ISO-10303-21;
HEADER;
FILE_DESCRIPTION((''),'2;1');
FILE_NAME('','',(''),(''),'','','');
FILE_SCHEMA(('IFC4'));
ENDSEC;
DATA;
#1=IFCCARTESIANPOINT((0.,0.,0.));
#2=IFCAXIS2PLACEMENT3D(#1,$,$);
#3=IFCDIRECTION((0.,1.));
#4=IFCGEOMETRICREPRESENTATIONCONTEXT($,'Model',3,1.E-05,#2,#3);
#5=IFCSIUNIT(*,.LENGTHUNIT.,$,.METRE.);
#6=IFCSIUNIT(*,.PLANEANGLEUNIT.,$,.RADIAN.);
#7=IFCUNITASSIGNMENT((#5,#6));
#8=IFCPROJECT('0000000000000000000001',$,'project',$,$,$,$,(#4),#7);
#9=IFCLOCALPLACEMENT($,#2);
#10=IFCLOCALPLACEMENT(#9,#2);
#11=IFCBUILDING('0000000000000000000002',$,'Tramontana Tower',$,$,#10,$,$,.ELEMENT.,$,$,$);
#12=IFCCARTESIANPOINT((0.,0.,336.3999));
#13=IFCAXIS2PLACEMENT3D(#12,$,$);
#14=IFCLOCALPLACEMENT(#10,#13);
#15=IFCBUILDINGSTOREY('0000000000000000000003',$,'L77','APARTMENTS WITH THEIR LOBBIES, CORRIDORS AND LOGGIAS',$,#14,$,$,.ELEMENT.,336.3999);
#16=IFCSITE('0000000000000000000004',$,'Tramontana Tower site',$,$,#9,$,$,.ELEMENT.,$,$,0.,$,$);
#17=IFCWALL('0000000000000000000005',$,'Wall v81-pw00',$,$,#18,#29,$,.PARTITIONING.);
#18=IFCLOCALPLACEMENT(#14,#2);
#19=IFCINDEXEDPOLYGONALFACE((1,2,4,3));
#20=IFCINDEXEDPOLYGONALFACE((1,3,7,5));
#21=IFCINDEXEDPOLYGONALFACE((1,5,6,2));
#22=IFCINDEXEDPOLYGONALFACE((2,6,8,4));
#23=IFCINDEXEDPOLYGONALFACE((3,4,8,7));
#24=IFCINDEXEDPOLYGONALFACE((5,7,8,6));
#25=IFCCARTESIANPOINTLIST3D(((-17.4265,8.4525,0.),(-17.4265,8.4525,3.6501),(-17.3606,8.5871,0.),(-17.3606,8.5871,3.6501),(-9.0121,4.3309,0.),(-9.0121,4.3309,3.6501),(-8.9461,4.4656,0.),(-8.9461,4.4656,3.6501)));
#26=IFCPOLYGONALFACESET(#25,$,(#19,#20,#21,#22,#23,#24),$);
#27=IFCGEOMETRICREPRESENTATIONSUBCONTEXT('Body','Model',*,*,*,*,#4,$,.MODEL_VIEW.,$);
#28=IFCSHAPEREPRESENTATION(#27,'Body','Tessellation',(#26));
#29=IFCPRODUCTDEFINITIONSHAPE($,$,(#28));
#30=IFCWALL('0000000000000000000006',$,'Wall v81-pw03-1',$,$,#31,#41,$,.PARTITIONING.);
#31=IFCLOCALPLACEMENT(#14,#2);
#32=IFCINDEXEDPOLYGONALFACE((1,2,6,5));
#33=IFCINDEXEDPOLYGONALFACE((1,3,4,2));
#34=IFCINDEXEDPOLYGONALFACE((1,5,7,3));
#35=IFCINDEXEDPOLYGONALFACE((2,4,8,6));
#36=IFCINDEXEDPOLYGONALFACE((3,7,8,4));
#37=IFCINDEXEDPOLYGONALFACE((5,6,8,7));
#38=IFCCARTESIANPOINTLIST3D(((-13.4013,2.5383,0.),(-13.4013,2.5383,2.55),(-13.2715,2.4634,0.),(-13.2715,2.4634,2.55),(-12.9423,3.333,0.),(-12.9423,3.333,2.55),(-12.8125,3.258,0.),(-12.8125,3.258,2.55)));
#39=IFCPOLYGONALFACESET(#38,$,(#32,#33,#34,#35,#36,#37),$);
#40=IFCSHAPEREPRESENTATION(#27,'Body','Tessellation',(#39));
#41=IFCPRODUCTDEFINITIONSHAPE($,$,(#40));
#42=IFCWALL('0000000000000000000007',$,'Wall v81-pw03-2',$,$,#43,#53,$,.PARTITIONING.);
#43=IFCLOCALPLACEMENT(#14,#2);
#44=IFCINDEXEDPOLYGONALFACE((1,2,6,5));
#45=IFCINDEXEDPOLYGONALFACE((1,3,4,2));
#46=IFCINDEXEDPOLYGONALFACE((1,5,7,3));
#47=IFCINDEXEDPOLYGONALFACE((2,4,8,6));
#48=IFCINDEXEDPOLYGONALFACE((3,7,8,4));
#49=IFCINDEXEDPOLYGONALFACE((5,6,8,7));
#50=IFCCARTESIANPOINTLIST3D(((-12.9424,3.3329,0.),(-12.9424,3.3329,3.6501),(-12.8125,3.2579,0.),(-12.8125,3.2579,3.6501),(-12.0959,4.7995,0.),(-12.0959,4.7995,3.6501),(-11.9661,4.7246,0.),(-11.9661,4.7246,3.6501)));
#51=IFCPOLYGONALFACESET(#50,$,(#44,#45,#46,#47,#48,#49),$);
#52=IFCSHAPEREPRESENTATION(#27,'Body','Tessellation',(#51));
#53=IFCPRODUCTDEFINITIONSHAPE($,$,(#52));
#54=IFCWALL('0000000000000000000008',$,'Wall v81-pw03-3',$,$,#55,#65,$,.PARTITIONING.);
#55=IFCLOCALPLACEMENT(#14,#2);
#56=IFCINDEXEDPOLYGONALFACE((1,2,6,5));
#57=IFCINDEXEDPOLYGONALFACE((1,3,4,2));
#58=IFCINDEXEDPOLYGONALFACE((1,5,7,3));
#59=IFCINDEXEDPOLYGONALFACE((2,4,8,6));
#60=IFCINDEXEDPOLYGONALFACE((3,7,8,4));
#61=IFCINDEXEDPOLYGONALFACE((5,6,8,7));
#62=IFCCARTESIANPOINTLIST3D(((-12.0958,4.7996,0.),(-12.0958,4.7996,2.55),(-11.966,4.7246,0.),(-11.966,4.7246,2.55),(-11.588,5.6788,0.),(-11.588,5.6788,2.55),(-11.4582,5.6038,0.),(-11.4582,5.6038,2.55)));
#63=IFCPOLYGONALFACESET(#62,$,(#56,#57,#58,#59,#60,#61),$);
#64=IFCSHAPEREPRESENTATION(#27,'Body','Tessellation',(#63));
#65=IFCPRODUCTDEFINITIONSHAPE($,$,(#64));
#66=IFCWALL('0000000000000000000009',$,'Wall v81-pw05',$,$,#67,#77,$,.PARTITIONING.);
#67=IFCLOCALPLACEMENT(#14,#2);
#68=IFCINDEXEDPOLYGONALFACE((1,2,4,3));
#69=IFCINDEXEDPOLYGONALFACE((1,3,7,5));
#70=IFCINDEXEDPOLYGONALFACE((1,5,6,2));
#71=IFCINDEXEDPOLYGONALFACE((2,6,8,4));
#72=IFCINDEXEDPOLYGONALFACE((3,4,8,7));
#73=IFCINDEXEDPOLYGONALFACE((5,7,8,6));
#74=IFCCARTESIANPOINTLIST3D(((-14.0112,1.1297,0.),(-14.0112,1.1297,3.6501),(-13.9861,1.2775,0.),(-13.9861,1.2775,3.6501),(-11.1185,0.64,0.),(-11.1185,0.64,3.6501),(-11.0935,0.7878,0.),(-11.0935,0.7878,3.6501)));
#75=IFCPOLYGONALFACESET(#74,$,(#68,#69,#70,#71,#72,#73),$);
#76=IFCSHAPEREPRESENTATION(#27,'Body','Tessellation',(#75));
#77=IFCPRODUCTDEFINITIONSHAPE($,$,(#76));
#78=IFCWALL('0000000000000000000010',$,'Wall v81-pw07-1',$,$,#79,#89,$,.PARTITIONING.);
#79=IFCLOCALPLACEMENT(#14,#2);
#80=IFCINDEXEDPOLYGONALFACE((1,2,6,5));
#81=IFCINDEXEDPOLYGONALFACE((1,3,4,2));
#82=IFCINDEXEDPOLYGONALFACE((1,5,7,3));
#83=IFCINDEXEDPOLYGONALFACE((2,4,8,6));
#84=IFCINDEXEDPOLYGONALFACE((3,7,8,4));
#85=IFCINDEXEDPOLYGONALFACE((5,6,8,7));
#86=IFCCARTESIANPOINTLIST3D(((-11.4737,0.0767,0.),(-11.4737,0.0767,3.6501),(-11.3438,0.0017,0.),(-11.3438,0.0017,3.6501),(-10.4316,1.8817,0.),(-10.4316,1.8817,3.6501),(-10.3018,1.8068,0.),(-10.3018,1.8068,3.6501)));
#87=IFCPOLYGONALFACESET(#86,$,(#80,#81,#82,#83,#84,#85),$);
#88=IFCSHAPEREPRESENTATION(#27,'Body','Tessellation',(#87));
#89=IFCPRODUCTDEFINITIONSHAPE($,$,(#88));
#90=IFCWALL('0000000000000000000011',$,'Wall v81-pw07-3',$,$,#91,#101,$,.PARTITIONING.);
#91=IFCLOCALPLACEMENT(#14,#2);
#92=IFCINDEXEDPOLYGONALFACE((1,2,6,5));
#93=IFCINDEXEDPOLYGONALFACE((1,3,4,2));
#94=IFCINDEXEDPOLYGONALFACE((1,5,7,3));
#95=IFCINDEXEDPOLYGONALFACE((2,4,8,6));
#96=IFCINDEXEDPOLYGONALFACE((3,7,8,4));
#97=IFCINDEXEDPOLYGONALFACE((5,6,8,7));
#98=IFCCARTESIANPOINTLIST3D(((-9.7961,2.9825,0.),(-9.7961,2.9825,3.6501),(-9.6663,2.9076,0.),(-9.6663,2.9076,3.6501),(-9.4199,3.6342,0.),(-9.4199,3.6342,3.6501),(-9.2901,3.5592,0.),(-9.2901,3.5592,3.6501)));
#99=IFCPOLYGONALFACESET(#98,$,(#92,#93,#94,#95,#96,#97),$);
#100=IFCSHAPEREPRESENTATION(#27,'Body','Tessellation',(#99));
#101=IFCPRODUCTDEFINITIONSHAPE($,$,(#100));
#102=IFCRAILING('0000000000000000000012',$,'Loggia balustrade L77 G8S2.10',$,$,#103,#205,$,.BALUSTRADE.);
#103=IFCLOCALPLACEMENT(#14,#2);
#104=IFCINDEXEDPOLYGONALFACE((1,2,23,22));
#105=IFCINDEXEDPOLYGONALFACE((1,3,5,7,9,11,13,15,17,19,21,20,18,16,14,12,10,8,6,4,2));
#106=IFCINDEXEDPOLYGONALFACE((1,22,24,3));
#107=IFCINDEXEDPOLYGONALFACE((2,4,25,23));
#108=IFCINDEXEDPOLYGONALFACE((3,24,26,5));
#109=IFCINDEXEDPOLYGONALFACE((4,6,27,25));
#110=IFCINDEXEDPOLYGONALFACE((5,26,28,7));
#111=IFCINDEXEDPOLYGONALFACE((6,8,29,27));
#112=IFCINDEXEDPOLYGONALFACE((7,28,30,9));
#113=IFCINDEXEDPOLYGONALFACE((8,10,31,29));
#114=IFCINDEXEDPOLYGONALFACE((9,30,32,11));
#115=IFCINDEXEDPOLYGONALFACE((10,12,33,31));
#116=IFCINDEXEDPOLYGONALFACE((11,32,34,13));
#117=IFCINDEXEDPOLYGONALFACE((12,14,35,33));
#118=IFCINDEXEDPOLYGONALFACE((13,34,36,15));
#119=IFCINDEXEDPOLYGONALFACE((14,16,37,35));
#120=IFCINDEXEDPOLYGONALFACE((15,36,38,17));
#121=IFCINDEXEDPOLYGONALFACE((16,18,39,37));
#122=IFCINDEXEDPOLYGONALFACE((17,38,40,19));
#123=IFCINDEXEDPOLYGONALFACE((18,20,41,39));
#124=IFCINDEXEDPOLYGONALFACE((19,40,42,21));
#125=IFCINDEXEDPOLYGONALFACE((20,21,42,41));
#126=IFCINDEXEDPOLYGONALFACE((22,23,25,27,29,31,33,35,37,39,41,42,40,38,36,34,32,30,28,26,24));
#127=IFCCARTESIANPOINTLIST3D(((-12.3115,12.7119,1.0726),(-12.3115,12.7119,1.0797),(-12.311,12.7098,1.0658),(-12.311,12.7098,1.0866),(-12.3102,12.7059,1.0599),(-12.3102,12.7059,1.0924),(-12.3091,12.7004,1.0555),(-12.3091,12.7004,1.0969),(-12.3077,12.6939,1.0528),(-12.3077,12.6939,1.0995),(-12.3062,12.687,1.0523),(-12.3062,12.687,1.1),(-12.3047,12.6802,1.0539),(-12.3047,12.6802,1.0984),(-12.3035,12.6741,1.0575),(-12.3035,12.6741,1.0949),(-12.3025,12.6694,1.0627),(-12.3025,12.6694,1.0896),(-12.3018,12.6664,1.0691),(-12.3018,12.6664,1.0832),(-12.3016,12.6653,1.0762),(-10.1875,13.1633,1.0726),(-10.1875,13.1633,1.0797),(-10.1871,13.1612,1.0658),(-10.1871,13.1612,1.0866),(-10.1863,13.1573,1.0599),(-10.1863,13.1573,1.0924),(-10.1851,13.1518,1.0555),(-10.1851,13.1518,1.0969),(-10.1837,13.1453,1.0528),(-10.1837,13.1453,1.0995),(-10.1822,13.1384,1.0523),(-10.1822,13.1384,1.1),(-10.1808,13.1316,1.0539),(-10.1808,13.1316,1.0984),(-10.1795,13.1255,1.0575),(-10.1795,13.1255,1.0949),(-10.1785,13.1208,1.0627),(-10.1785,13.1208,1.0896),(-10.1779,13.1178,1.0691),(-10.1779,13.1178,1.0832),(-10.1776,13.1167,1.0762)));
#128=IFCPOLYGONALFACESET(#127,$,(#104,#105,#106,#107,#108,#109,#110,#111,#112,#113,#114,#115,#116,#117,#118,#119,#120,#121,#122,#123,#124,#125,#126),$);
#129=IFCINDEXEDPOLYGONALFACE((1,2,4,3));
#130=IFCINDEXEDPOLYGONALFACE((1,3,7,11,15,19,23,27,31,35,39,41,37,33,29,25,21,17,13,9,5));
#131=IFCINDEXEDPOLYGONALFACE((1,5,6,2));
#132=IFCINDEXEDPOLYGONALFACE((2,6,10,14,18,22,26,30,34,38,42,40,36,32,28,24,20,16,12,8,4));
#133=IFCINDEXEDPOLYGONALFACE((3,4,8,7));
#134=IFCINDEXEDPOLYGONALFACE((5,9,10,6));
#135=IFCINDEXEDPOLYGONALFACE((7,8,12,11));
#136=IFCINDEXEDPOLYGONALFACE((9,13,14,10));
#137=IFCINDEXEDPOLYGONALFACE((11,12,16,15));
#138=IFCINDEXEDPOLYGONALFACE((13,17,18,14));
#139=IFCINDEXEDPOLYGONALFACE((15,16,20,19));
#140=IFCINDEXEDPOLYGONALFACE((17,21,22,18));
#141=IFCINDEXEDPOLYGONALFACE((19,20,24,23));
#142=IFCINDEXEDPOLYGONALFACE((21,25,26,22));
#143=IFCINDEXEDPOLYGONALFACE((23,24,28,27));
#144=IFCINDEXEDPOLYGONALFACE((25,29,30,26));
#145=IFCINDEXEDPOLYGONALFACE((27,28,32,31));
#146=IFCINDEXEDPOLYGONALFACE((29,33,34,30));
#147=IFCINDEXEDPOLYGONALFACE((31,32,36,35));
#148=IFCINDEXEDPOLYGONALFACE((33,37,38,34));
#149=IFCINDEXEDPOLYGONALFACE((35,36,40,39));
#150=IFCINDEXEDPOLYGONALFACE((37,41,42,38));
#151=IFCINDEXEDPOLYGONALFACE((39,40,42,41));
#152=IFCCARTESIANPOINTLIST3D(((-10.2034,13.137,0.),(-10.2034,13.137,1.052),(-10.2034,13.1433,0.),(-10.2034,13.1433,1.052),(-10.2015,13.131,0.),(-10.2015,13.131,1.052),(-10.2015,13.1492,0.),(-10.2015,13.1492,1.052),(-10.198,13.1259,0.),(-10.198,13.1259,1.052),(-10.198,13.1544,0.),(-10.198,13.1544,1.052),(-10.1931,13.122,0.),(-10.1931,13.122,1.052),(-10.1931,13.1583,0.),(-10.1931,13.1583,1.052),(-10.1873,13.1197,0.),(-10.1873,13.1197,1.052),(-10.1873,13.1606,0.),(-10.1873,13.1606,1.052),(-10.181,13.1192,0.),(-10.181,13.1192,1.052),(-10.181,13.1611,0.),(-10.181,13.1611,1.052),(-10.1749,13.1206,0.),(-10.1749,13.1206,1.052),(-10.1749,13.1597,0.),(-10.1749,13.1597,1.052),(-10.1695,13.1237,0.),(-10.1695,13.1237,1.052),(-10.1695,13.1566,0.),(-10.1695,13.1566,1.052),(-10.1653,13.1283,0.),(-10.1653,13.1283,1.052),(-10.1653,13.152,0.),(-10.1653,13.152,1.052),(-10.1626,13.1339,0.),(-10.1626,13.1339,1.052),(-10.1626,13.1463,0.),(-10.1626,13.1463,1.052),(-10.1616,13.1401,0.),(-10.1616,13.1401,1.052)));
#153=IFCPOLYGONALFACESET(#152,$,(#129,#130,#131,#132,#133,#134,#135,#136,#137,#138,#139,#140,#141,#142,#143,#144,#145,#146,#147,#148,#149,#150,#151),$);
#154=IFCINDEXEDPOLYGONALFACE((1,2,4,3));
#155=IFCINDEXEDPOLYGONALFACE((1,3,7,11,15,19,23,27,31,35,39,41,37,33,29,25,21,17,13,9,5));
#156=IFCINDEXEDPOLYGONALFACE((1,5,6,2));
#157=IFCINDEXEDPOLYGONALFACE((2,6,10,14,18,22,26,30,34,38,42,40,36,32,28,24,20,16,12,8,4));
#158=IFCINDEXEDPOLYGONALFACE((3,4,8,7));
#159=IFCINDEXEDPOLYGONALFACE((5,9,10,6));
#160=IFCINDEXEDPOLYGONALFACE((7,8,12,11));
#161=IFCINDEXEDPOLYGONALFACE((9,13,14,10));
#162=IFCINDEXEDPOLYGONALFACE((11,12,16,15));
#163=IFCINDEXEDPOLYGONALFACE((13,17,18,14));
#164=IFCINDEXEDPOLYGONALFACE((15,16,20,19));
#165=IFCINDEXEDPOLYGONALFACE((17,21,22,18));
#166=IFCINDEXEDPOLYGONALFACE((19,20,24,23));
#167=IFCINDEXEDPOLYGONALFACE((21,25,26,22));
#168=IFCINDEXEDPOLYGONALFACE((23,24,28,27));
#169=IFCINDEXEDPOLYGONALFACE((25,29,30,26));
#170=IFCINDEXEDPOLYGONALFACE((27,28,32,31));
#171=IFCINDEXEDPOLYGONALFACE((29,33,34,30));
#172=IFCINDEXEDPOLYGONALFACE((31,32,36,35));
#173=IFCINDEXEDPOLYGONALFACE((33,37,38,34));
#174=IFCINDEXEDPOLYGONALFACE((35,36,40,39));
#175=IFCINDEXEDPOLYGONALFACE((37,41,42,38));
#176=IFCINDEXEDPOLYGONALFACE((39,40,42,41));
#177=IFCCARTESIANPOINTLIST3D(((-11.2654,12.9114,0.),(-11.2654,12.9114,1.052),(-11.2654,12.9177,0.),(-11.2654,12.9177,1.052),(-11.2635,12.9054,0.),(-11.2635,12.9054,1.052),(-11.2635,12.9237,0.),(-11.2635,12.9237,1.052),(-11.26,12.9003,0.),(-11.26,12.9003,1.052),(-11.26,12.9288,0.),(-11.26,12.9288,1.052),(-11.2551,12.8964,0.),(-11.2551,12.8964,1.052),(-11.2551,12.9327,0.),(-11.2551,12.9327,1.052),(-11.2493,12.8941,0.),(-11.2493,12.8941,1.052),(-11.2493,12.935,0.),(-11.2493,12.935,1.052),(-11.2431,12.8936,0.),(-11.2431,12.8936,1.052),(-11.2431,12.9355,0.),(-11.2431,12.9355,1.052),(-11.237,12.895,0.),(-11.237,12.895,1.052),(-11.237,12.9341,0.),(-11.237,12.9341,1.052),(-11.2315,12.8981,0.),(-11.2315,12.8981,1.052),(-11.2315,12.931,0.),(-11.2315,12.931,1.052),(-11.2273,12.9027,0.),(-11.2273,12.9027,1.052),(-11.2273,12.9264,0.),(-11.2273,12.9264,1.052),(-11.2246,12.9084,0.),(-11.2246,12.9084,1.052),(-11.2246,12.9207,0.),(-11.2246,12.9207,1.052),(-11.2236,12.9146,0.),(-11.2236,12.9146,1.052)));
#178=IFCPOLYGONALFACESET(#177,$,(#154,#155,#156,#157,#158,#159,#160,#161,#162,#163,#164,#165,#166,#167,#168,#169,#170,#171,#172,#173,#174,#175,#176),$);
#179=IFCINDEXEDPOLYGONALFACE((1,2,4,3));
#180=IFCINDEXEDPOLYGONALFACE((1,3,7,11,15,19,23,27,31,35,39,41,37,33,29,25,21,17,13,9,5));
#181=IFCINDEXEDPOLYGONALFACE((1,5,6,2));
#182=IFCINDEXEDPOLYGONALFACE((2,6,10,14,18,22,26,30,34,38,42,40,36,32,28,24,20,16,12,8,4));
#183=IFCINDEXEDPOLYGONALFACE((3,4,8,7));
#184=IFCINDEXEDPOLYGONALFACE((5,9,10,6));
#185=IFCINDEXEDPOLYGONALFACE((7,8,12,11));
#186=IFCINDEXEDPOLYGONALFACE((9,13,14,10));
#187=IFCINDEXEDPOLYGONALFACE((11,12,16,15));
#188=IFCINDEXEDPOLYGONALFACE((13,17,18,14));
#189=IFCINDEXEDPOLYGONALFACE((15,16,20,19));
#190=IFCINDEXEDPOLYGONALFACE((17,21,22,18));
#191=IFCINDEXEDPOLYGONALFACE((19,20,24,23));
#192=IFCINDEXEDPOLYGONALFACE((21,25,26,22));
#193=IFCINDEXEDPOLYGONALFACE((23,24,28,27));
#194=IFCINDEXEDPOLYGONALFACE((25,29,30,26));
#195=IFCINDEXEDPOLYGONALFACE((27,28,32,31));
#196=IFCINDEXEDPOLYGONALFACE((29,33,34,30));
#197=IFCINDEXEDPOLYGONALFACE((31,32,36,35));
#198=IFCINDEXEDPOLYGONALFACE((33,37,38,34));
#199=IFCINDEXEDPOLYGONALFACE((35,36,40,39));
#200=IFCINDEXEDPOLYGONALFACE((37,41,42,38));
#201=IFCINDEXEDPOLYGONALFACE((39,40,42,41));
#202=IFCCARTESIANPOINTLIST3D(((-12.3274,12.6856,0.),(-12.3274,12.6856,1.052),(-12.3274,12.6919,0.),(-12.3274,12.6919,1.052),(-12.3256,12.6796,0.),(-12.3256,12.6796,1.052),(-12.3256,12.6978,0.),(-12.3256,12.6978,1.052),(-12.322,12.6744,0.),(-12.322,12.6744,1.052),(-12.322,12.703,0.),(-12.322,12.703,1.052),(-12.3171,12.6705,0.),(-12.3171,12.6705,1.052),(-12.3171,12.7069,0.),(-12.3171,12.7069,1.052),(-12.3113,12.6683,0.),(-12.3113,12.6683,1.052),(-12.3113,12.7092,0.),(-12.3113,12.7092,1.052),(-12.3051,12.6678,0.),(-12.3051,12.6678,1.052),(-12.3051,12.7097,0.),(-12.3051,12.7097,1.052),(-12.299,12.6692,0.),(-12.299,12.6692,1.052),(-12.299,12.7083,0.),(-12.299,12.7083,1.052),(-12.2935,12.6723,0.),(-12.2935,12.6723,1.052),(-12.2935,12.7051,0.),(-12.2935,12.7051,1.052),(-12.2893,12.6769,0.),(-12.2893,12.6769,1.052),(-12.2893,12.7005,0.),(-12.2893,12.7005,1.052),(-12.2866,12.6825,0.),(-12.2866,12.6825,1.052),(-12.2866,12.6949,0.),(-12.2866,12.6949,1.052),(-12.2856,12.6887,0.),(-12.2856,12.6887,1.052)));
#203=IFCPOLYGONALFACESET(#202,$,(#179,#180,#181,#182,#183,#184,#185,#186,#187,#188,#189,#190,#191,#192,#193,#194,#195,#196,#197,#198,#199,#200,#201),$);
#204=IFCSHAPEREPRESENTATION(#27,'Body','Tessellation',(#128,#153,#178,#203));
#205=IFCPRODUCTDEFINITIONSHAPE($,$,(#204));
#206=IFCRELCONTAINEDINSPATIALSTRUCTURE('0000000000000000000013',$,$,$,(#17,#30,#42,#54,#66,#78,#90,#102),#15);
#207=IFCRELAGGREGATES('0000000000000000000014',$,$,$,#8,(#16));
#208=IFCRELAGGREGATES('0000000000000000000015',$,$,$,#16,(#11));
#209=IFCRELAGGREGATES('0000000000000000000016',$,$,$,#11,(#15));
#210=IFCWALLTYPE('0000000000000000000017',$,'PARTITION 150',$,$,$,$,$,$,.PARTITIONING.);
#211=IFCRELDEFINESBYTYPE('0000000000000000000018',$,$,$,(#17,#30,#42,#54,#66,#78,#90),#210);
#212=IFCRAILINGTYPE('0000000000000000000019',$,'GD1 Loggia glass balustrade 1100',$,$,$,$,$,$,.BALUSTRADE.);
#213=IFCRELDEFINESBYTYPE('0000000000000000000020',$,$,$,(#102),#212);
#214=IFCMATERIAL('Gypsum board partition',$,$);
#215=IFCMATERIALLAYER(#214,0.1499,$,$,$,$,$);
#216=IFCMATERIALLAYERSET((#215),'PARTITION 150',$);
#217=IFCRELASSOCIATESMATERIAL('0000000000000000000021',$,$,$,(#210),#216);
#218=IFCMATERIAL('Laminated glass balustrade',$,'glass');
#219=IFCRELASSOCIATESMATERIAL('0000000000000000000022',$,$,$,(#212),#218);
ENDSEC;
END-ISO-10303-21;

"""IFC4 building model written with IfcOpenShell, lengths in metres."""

from ifc_helpers import new_model, si_unit, direction, frame, frame_2d, origin, origin_2d, place, context, subcontext, project, spatial, rectangle, circle, extrude, material, layer, layer_set, type_object, element, save


model = new_model("IFC4")

# Units and contexts
model_context = context("Model", 3, precision=1e-05, world=origin(), true_north=direction((0.0, 1.0)))
body_context = subcontext(model_context, "Body", "Model", "MODEL_VIEW")
ifc_project = project(units=[si_unit("LENGTHUNIT", "METRE"), si_unit("PLANEANGLEUNIT", "RADIAN")], contexts=[model_context])

# Site, building, storey
site_placement = place(None, origin())
site = spatial("IfcSite", under=ifc_project, at=site_placement, Name="Tramontana Tower site", CompositionType="ELEMENT", RefElevation=0.0)
building_placement = place(site_placement, origin())
building = spatial("IfcBuilding", under=site, at=building_placement, Name="Tramontana Tower", CompositionType="ELEMENT")
storey_placement = place(building_placement, frame((0.0, 0.0, 336.3999)))
storey = spatial("IfcBuildingStorey", under=building, at=storey_placement, Name="L77", Description="APARTMENTS WITH THEIR LOBBIES, CORRIDORS AND LOGGIAS", CompositionType="ELEMENT", Elevation=336.3999)

# Wall
ifc_material_1 = material(Name="Gypsum board partition")
ifc_layer_1 = layer(ifc_material_1, 0.1499)
ifc_layer_set_1 = layer_set([ifc_layer_1], Name="PARTITION 150")
wall_type_1 = type_object("IfcWallType", Name="PARTITION 150", PredefinedType="PARTITIONING", material=ifc_layer_set_1)
wall_1_placement = place(storey_placement, frame((-17.3936, 8.5198, 0.0), z_axis=(0.0, 0.0, 1.0), x_axis=(0.898056, -0.439882, 0.0)))
element("IfcWall", 1, at=wall_1_placement, inside=storey, type_object=wall_type_1, Name="Wall v81-pw00", PredefinedType="PARTITIONING", context=body_context, shape_type="SweptSolid", body=[
    extrude(rectangle(XDim=9.3696, YDim=0.1499, at=frame_2d((4.6848, 0.0))), origin(), (0.0, 0.0, 1.0), 3.6501),
])

# Walls
wall_2_placement = place(storey_placement, frame((-13.3364, 2.5007, 0.0), z_axis=(0.0, 0.0, 1.0), x_axis=(0.500145, 0.865942, 0.0)))
element("IfcWall", 2, at=wall_2_placement, inside=storey, type_object=wall_type_1, Name="Wall v81-pw03-1", PredefinedType="PARTITIONING", context=body_context, shape_type="SweptSolid", body=[
    extrude(rectangle(XDim=0.9177, YDim=0.1499, at=frame_2d((0.459, 0.0))), origin(), (0.0, 0.0, 1.0), 2.55),
])
wall_3_placement = place(storey_placement, frame((-12.8774, 3.2954, 0.0), z_axis=(0.0, 0.0, 1.0), x_axis=(0.499876, 0.866097, 0.0)))
element("IfcWall", 3, at=wall_3_placement, inside=storey, type_object=wall_type_1, Name="Wall v81-pw03-2", PredefinedType="PARTITIONING", context=body_context, shape_type="SweptSolid", body=[
    extrude(rectangle(XDim=1.6934, YDim=0.1499, at=frame_2d((0.8467, 0.0))), origin(), (0.0, 0.0, 1.0), 3.6501),
])
wall_4_placement = place(storey_placement, frame((-12.031, 4.762, 0.0), z_axis=(0.0, 0.0, 1.0), x_axis=(0.500173, 0.865925, 0.0)))
element("IfcWall", 4, at=wall_4_placement, inside=storey, type_object=wall_type_1, Name="Wall v81-pw03-3", PredefinedType="PARTITIONING", context=body_context, shape_type="SweptSolid", body=[
    extrude(rectangle(XDim=1.0154, YDim=0.1499, at=frame_2d((0.5078, 0.0))), origin(), (0.0, 0.0, 1.0), 2.55),
])
wall_5_placement = place(storey_placement, frame((-13.9985, 1.2036, 0.0), z_axis=(0.0, 0.0, 1.0), x_axis=(0.985968, -0.166935, 0.0)))
element("IfcWall", 5, at=wall_5_placement, inside=storey, type_object=wall_type_1, Name="Wall v81-pw05", PredefinedType="PARTITIONING", context=body_context, shape_type="SweptSolid", body=[
    extrude(rectangle(XDim=2.9338, YDim=0.1499, at=frame_2d((1.4668, 0.0))), origin(), (0.0, 0.0, 1.0), 3.6501),
])
wall_6_placement = place(storey_placement, frame((-11.4087, 0.0393, 0.0), z_axis=(0.0, 0.0, 1.0), x_axis=(0.499969, 0.866043, 0.0)))
element("IfcWall", 6, at=wall_6_placement, inside=storey, type_object=wall_type_1, Name="Wall v81-pw07-1", PredefinedType="PARTITIONING", context=body_context, shape_type="SweptSolid", body=[
    extrude(rectangle(XDim=2.0842, YDim=0.1499, at=frame_2d((1.042, 0.0))), origin(), (0.0, 0.0, 1.0), 3.6501),
])

# Wall
wall_7_placement = place(storey_placement, frame((-9.7312, 2.9451, 0.0), z_axis=(0.0, 0.0, 1.0), x_axis=(0.500013, 0.866018, 0.0)))
element("IfcWall", 7, at=wall_7_placement, inside=storey, type_object=wall_type_1, Name="Wall v81-pw07-3", PredefinedType="PARTITIONING", context=body_context, shape_type="SweptSolid", body=[
    extrude(rectangle(XDim=0.7524, YDim=0.1499, at=frame_2d((0.3762, 0.0))), origin(), (0.0, 0.0, 1.0), 3.6501),
])

# Railing
ifc_material_2 = material(Name="Laminated glass balustrade", Category="glass")
railing_type = type_object("IfcRailingType", Name="GD1 Loggia glass balustrade 1100", PredefinedType="BALUSTRADE", material=ifc_material_2)
railing_1_placement = place(storey_placement, frame((-10.1826, 13.1401, 0.0)))
element("IfcRailing", 8, at=railing_1_placement, inside=storey, type_object=railing_type, Name="Loggia balustrade L77 G8S2.10", PredefinedType="BALUSTRADE", context=body_context, shape_type="SweptSolid", body=[
    extrude(circle(Radius=0.0239, at=origin_2d()), frame((0.0, 0.0, 1.0762), z_axis=(-0.978153, -0.207886, 0.0), x_axis=(0.207886, -0.978153, 0.0)), (0.0, 0.0, 1.0), 2.1714),
    extrude(circle(Radius=0.021, at=origin_2d()), origin(), (0.0, 0.0, 1.0), 1.052),
    extrude(circle(Radius=0.021, at=origin_2d()), frame((-1.062, -0.2256, 0.0)), (0.0, 0.0, 1.0), 1.052),
    extrude(circle(Radius=0.021, at=origin_2d()), frame((-2.124, -0.4514, 0.0)), (0.0, 0.0, 1.0), 1.052),
])

save(model, "model.ifc")
